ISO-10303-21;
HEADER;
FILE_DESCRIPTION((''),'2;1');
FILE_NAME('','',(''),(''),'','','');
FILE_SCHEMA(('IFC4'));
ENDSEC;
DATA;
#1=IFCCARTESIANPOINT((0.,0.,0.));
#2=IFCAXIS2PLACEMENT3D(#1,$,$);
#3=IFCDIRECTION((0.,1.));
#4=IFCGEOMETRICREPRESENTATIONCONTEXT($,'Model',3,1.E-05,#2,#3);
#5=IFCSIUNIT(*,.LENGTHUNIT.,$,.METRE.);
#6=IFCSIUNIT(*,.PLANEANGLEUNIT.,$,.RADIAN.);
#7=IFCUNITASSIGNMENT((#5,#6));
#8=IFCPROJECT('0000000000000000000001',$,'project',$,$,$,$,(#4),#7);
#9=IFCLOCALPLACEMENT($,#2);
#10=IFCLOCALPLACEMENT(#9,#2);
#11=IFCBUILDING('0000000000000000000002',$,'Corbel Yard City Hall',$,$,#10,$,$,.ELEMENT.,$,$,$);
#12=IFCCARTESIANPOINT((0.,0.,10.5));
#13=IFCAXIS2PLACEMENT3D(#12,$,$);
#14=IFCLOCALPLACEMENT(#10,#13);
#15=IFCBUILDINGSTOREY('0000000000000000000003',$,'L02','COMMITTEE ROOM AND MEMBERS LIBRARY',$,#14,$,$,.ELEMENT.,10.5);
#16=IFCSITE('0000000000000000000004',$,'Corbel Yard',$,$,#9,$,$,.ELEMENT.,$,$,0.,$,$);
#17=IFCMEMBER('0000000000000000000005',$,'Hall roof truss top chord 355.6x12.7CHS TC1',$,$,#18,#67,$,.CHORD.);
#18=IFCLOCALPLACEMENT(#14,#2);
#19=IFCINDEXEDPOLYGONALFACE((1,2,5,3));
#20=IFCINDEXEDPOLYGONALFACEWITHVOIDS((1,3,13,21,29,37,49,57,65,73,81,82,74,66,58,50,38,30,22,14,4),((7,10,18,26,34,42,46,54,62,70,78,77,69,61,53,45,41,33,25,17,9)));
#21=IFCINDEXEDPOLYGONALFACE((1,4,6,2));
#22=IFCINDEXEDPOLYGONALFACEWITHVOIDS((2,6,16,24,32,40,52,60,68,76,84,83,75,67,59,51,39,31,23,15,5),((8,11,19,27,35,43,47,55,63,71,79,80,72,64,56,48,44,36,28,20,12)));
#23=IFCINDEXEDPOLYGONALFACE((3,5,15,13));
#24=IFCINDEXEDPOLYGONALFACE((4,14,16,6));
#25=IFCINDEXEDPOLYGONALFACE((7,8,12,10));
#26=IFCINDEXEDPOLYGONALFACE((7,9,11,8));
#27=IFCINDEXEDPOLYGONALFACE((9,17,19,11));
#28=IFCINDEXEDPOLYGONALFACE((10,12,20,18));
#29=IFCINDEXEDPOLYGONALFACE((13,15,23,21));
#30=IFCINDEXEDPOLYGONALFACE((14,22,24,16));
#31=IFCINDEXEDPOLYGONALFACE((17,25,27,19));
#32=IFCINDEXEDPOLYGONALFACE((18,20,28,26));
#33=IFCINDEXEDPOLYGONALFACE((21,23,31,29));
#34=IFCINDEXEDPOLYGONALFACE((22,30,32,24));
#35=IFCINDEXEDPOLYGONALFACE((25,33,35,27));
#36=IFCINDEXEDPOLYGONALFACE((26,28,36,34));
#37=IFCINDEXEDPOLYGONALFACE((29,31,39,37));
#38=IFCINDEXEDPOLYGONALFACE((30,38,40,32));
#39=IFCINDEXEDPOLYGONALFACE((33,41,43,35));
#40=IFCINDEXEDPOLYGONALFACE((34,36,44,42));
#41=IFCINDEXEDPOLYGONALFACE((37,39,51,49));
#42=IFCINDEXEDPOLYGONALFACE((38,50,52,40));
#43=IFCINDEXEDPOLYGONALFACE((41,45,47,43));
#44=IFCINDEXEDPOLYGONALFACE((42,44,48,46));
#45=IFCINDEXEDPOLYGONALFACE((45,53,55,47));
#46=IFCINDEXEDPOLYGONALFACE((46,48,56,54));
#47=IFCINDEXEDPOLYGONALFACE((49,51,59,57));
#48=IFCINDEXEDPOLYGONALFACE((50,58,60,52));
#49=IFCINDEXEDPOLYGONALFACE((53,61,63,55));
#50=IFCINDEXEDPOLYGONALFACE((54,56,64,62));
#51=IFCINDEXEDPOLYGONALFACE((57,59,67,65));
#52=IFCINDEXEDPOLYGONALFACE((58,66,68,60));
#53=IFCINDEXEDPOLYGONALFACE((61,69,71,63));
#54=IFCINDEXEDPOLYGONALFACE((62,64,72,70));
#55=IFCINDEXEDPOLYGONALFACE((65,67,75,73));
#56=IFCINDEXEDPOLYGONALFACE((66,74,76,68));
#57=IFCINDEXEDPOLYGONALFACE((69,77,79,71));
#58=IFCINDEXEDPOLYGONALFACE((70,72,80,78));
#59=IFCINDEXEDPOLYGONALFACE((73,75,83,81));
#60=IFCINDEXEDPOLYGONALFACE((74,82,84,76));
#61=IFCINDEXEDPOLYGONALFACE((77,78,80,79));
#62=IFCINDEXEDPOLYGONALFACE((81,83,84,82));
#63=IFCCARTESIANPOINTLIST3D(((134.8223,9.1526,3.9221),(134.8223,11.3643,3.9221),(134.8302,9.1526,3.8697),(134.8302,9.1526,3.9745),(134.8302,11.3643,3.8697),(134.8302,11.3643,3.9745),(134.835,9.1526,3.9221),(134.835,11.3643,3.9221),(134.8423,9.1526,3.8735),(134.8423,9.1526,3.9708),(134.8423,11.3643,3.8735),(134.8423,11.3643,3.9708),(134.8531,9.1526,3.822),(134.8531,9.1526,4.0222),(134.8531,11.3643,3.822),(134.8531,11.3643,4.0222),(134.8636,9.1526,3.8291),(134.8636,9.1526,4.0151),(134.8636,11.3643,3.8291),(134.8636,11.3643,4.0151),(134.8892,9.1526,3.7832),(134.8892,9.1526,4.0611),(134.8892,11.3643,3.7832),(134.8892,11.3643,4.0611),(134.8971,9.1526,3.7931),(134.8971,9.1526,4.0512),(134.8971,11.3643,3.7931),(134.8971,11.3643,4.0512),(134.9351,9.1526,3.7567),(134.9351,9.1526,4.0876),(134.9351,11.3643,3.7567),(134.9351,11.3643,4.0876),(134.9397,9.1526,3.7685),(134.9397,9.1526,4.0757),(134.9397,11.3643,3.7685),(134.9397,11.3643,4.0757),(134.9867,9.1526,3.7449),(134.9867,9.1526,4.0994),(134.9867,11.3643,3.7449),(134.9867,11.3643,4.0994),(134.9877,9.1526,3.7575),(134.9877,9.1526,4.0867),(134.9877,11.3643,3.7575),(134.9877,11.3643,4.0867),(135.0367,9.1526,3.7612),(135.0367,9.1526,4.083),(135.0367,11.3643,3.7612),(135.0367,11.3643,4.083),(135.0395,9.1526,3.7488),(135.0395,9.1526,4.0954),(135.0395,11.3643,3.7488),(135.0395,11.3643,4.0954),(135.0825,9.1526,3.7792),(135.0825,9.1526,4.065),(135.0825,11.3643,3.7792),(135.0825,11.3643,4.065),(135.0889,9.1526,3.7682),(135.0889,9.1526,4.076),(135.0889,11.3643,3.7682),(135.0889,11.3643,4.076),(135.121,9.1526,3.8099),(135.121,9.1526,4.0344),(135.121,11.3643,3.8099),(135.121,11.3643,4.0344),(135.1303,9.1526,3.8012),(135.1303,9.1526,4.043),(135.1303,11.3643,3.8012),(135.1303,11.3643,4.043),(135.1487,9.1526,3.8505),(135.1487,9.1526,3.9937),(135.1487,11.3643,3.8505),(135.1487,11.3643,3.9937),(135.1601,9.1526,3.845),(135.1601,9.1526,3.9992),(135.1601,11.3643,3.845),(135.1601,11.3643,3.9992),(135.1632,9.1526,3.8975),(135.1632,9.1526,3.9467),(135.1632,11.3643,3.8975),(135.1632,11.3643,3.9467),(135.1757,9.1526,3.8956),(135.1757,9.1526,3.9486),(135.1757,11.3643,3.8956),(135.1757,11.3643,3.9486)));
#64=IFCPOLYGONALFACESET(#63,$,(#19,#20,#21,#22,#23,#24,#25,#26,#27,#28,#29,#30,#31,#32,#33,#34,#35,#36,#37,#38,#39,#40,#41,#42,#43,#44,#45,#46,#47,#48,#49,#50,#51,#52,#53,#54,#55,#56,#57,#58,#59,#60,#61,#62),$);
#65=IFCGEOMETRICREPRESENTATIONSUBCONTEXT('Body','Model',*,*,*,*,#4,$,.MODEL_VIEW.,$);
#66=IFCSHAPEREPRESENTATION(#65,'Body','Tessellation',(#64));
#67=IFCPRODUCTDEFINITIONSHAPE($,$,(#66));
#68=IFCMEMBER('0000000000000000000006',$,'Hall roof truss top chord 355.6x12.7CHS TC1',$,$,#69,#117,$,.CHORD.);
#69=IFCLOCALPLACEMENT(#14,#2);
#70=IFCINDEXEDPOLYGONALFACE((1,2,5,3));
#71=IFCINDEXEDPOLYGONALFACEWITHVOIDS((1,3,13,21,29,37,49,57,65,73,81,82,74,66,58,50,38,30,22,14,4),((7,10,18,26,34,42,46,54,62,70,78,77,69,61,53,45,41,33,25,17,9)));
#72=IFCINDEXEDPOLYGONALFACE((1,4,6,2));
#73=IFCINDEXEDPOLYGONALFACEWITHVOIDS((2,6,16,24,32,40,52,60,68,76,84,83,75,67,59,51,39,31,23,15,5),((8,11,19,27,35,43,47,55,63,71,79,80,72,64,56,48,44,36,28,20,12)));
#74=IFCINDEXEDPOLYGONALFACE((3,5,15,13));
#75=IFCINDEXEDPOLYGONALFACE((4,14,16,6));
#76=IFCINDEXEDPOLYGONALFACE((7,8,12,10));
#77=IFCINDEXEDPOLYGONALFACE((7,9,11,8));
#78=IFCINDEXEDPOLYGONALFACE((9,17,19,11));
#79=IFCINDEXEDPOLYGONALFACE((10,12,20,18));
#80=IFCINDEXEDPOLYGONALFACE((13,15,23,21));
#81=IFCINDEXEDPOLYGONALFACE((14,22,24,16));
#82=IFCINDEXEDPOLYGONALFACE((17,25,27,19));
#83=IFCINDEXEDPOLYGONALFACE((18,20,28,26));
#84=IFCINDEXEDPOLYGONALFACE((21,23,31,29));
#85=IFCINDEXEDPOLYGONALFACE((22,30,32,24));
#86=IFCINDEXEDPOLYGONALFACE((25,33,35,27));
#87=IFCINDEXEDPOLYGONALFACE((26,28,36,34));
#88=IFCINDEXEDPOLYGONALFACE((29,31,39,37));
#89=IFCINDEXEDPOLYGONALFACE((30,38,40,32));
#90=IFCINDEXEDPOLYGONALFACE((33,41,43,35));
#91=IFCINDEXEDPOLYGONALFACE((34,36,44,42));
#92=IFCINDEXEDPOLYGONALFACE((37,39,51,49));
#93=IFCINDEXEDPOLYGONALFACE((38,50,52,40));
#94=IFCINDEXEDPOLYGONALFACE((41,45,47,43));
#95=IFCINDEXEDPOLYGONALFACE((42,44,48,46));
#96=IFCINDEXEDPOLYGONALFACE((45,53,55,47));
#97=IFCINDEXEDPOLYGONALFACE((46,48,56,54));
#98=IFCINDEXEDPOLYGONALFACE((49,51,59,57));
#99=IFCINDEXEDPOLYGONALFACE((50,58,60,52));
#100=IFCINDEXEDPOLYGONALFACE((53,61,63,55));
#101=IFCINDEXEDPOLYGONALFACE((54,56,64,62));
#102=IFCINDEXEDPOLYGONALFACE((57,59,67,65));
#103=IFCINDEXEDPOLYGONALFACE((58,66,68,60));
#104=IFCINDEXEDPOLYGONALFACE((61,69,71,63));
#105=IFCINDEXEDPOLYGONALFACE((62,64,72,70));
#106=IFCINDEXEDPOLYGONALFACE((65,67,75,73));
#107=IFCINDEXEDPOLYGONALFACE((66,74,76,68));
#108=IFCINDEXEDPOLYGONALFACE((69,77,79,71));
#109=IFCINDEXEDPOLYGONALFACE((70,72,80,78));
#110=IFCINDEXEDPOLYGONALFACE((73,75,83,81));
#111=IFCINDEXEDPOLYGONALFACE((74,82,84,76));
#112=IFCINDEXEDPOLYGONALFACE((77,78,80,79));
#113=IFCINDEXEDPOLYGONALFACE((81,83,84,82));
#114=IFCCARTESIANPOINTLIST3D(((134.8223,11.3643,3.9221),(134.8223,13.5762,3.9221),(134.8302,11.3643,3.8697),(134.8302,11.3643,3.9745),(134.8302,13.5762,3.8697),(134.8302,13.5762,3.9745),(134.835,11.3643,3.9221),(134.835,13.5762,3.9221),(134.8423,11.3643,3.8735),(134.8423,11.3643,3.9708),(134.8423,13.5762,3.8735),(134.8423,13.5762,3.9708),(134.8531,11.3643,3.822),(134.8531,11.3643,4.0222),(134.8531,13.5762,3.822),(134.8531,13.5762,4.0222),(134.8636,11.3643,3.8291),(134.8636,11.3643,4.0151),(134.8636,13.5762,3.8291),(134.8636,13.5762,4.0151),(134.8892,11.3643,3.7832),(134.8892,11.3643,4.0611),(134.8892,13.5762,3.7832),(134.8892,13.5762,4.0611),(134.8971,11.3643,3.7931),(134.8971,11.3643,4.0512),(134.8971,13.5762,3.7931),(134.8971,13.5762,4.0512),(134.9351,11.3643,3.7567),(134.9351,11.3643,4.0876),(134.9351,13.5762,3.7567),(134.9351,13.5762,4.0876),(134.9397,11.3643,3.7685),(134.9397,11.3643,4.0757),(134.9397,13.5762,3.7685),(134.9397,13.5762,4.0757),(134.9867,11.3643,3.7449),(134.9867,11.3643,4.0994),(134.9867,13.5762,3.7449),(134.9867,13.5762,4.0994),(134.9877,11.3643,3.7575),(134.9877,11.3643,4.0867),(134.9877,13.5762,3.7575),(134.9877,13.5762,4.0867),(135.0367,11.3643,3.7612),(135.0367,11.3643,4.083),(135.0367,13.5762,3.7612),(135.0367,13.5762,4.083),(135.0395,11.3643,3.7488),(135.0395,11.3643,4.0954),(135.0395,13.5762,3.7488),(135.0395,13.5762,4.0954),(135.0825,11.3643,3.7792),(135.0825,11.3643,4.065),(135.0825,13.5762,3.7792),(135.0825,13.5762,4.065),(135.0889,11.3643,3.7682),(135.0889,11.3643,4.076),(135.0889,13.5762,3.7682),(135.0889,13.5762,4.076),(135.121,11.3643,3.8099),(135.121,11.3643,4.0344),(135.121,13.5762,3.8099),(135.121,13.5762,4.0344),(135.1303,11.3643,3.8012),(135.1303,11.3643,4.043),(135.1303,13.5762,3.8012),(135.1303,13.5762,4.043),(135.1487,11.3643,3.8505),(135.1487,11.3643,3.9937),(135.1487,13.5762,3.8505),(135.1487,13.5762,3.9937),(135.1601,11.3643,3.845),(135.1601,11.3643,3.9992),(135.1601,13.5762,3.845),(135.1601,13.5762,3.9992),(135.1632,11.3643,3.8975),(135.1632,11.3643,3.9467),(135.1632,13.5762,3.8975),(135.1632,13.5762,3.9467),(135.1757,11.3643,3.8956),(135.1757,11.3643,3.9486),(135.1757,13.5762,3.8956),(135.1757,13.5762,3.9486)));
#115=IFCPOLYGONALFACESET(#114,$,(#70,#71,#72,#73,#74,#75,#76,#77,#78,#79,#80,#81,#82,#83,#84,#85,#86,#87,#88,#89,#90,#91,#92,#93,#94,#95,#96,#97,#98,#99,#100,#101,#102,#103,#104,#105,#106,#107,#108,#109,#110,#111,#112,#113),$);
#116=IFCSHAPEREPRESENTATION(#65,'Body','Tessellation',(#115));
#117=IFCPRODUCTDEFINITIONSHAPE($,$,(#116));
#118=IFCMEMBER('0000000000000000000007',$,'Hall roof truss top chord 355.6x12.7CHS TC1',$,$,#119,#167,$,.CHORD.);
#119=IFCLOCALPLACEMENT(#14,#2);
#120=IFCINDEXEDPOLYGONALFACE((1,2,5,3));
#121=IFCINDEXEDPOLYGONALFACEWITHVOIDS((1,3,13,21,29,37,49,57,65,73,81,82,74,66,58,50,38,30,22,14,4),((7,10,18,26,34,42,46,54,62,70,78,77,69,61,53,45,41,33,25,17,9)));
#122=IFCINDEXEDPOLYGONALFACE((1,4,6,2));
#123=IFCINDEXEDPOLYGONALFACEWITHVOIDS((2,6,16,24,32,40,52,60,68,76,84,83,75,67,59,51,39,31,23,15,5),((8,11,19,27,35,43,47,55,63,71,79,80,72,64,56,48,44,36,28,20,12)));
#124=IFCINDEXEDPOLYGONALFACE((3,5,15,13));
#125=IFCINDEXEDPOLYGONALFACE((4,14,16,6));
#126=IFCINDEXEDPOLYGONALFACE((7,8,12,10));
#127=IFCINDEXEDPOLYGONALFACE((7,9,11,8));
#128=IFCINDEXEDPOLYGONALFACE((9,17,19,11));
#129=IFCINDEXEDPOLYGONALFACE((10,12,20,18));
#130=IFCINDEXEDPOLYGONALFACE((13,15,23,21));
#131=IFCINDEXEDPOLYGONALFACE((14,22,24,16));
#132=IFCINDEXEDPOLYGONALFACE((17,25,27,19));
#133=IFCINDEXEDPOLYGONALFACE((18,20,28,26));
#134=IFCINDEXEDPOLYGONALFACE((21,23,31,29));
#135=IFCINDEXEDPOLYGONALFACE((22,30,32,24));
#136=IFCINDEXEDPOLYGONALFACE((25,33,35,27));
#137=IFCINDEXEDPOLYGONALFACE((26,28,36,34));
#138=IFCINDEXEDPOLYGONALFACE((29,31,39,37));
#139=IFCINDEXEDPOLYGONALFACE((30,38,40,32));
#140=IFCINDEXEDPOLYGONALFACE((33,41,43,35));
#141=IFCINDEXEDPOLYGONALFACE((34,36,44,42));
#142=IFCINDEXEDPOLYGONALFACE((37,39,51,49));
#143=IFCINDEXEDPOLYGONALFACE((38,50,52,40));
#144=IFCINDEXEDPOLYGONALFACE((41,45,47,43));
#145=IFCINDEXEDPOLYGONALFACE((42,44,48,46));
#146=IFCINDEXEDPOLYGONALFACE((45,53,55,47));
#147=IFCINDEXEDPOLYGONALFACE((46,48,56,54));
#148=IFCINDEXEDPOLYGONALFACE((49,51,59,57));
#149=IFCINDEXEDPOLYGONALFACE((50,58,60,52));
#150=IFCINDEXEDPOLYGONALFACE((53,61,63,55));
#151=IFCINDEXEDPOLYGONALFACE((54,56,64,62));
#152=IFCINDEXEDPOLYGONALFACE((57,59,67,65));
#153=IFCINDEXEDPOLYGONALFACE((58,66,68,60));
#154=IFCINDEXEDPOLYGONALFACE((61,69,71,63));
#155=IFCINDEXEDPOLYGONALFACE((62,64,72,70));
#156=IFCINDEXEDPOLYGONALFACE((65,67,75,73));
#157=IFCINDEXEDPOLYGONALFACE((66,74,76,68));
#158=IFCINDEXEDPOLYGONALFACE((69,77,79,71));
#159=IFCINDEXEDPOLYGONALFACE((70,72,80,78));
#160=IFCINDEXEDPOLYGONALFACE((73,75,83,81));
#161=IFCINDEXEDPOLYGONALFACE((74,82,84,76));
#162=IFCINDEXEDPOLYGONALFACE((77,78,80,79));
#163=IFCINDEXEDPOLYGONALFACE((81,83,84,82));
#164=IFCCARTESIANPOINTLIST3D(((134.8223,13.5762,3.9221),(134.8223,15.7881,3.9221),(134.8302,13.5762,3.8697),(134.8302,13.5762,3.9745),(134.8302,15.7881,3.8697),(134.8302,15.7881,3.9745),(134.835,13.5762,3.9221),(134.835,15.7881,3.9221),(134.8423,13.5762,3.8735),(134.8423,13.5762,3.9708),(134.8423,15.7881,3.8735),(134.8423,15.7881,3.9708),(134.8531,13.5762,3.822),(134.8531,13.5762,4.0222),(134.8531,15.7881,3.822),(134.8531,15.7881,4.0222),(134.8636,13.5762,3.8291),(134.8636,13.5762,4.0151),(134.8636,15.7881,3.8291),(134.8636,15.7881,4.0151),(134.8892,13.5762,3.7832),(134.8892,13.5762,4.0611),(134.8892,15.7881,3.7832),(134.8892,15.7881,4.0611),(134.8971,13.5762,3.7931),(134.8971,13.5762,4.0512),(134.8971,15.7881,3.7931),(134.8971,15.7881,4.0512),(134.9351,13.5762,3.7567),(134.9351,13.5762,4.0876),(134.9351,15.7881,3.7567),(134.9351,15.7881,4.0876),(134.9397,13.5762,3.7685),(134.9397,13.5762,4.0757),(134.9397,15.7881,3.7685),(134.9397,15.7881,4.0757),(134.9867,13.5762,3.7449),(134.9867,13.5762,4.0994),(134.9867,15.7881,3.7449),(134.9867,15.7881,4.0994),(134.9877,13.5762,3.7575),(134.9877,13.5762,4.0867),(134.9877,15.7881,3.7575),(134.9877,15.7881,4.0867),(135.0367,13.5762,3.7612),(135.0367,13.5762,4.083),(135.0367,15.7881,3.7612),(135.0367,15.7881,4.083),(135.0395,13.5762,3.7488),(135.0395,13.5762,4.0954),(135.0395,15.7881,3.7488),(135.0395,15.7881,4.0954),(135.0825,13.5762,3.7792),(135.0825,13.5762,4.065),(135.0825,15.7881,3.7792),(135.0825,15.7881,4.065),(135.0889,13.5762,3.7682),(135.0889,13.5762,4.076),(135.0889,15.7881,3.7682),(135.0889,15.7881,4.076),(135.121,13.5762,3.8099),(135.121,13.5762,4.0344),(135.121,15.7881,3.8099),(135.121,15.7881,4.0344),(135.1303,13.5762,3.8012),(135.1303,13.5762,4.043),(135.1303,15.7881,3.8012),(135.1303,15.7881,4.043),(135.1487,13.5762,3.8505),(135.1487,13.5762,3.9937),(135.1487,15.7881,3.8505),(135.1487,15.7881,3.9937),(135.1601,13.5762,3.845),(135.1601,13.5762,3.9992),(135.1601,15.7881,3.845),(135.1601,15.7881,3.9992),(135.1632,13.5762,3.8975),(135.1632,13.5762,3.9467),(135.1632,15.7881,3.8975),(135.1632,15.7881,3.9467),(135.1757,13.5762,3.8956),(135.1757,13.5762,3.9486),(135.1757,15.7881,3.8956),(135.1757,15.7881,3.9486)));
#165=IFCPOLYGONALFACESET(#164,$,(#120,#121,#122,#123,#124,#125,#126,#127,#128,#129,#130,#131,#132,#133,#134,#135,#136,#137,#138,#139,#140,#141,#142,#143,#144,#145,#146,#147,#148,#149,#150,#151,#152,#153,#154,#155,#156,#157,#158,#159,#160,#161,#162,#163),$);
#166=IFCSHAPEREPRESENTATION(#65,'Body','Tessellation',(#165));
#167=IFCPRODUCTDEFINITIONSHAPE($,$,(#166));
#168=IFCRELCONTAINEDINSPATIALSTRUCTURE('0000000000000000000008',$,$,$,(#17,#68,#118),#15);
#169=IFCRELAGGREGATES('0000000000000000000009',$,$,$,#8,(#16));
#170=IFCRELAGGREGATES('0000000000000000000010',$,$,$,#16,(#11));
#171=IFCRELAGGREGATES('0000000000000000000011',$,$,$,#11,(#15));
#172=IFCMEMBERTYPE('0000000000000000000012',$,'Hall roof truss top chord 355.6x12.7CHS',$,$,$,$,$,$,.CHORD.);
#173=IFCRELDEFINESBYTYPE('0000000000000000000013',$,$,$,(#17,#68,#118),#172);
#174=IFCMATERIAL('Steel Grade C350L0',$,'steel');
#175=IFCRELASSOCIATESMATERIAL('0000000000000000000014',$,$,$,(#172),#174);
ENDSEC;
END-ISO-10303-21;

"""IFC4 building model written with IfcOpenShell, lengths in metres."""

from ifc_helpers import new_model, si_unit, direction, frame, origin, origin_2d, place, context, subcontext, project, spatial, hollow_circle, extrude, material, material_profile, profile_set, type_object, element, save


model = new_model("IFC4")

# Units and contexts
model_context = context("Model", 3, precision=1e-05, world=origin(), true_north=direction((0.0, 1.0)))
body_context = subcontext(model_context, "Body", "Model", "MODEL_VIEW")
ifc_project = project(units=[si_unit("LENGTHUNIT", "METRE"), si_unit("PLANEANGLEUNIT", "RADIAN")], contexts=[model_context])

# Site, building, storey
site_placement = place(None, origin())
site = spatial("IfcSite", under=ifc_project, at=site_placement, Name="Corbel Yard", CompositionType="ELEMENT", RefElevation=0.0)
building_placement = place(site_placement, origin())
building = spatial("IfcBuilding", under=site, at=building_placement, Name="Corbel Yard City Hall", CompositionType="ELEMENT")
storey_placement = place(building_placement, frame((0.0, 0.0, 10.5)))
storey = spatial("IfcBuildingStorey", under=building, at=storey_placement, Name="L02", Description="COMMITTEE ROOM AND MEMBERS LIBRARY", CompositionType="ELEMENT", Elevation=10.5)

# Members
ifc_material_1 = material(Name="Steel Grade C350L0", Category="steel")
ifc_material_profile_1 = material_profile(ifc_material_1, hollow_circle(Radius=0.1777, WallThickness=0.0127, at=origin_2d()), Name="355.6x12.7CHS")
ifc_profile_set_1 = profile_set([ifc_material_profile_1], Name="Steel Grade C350L0")
member_type_1 = type_object("IfcMemberType", Name="Hall roof truss top chord 355.6x12.7CHS", PredefinedType="CHORD", material=ifc_profile_set_1)
member_1_placement = place(storey_placement, frame((135.0, 9.1526, 3.9221), z_axis=(0.0, 1.0, 0.0), x_axis=(-1.0, 0.0, 0.0)))
element("IfcMember", 1, at=member_1_placement, inside=storey, type_object=member_type_1, Name="Hall roof truss top chord 355.6x12.7CHS TC1", PredefinedType="CHORD", context=body_context, shape_type="SweptSolid", body=[
    extrude(hollow_circle(Radius=0.1777, WallThickness=0.0127, at=origin_2d()), origin(), (0.0, 0.0, 1.0), 2.2117),
])
for number, where, z_axis, x_axis, name in (
    (2, (135.0, 11.3643, 3.9221), (0.0, 1.0, 0.0), (-1.0, 0.0, 0.0), "Hall roof truss top chord 355.6x12.7CHS TC1"),
    (3, (135.0, 13.5762, 3.9221), (0.0, 1.0, 0.0), (-1.0, 0.0, 0.0), "Hall roof truss top chord 355.6x12.7CHS TC1"),
):
    element("IfcMember", number, at=place(storey_placement, frame(where, z_axis=z_axis, x_axis=x_axis)), inside=storey, type_object=member_type_1, Name=name, PredefinedType="CHORD", context=body_context, shape_type="SweptSolid", body=[
        extrude(hollow_circle(Radius=0.1777, WallThickness=0.0127, at=origin_2d()), origin(), (0.0, 0.0, 1.0), 2.2119),
    ])

save(model, "model.ifc")
